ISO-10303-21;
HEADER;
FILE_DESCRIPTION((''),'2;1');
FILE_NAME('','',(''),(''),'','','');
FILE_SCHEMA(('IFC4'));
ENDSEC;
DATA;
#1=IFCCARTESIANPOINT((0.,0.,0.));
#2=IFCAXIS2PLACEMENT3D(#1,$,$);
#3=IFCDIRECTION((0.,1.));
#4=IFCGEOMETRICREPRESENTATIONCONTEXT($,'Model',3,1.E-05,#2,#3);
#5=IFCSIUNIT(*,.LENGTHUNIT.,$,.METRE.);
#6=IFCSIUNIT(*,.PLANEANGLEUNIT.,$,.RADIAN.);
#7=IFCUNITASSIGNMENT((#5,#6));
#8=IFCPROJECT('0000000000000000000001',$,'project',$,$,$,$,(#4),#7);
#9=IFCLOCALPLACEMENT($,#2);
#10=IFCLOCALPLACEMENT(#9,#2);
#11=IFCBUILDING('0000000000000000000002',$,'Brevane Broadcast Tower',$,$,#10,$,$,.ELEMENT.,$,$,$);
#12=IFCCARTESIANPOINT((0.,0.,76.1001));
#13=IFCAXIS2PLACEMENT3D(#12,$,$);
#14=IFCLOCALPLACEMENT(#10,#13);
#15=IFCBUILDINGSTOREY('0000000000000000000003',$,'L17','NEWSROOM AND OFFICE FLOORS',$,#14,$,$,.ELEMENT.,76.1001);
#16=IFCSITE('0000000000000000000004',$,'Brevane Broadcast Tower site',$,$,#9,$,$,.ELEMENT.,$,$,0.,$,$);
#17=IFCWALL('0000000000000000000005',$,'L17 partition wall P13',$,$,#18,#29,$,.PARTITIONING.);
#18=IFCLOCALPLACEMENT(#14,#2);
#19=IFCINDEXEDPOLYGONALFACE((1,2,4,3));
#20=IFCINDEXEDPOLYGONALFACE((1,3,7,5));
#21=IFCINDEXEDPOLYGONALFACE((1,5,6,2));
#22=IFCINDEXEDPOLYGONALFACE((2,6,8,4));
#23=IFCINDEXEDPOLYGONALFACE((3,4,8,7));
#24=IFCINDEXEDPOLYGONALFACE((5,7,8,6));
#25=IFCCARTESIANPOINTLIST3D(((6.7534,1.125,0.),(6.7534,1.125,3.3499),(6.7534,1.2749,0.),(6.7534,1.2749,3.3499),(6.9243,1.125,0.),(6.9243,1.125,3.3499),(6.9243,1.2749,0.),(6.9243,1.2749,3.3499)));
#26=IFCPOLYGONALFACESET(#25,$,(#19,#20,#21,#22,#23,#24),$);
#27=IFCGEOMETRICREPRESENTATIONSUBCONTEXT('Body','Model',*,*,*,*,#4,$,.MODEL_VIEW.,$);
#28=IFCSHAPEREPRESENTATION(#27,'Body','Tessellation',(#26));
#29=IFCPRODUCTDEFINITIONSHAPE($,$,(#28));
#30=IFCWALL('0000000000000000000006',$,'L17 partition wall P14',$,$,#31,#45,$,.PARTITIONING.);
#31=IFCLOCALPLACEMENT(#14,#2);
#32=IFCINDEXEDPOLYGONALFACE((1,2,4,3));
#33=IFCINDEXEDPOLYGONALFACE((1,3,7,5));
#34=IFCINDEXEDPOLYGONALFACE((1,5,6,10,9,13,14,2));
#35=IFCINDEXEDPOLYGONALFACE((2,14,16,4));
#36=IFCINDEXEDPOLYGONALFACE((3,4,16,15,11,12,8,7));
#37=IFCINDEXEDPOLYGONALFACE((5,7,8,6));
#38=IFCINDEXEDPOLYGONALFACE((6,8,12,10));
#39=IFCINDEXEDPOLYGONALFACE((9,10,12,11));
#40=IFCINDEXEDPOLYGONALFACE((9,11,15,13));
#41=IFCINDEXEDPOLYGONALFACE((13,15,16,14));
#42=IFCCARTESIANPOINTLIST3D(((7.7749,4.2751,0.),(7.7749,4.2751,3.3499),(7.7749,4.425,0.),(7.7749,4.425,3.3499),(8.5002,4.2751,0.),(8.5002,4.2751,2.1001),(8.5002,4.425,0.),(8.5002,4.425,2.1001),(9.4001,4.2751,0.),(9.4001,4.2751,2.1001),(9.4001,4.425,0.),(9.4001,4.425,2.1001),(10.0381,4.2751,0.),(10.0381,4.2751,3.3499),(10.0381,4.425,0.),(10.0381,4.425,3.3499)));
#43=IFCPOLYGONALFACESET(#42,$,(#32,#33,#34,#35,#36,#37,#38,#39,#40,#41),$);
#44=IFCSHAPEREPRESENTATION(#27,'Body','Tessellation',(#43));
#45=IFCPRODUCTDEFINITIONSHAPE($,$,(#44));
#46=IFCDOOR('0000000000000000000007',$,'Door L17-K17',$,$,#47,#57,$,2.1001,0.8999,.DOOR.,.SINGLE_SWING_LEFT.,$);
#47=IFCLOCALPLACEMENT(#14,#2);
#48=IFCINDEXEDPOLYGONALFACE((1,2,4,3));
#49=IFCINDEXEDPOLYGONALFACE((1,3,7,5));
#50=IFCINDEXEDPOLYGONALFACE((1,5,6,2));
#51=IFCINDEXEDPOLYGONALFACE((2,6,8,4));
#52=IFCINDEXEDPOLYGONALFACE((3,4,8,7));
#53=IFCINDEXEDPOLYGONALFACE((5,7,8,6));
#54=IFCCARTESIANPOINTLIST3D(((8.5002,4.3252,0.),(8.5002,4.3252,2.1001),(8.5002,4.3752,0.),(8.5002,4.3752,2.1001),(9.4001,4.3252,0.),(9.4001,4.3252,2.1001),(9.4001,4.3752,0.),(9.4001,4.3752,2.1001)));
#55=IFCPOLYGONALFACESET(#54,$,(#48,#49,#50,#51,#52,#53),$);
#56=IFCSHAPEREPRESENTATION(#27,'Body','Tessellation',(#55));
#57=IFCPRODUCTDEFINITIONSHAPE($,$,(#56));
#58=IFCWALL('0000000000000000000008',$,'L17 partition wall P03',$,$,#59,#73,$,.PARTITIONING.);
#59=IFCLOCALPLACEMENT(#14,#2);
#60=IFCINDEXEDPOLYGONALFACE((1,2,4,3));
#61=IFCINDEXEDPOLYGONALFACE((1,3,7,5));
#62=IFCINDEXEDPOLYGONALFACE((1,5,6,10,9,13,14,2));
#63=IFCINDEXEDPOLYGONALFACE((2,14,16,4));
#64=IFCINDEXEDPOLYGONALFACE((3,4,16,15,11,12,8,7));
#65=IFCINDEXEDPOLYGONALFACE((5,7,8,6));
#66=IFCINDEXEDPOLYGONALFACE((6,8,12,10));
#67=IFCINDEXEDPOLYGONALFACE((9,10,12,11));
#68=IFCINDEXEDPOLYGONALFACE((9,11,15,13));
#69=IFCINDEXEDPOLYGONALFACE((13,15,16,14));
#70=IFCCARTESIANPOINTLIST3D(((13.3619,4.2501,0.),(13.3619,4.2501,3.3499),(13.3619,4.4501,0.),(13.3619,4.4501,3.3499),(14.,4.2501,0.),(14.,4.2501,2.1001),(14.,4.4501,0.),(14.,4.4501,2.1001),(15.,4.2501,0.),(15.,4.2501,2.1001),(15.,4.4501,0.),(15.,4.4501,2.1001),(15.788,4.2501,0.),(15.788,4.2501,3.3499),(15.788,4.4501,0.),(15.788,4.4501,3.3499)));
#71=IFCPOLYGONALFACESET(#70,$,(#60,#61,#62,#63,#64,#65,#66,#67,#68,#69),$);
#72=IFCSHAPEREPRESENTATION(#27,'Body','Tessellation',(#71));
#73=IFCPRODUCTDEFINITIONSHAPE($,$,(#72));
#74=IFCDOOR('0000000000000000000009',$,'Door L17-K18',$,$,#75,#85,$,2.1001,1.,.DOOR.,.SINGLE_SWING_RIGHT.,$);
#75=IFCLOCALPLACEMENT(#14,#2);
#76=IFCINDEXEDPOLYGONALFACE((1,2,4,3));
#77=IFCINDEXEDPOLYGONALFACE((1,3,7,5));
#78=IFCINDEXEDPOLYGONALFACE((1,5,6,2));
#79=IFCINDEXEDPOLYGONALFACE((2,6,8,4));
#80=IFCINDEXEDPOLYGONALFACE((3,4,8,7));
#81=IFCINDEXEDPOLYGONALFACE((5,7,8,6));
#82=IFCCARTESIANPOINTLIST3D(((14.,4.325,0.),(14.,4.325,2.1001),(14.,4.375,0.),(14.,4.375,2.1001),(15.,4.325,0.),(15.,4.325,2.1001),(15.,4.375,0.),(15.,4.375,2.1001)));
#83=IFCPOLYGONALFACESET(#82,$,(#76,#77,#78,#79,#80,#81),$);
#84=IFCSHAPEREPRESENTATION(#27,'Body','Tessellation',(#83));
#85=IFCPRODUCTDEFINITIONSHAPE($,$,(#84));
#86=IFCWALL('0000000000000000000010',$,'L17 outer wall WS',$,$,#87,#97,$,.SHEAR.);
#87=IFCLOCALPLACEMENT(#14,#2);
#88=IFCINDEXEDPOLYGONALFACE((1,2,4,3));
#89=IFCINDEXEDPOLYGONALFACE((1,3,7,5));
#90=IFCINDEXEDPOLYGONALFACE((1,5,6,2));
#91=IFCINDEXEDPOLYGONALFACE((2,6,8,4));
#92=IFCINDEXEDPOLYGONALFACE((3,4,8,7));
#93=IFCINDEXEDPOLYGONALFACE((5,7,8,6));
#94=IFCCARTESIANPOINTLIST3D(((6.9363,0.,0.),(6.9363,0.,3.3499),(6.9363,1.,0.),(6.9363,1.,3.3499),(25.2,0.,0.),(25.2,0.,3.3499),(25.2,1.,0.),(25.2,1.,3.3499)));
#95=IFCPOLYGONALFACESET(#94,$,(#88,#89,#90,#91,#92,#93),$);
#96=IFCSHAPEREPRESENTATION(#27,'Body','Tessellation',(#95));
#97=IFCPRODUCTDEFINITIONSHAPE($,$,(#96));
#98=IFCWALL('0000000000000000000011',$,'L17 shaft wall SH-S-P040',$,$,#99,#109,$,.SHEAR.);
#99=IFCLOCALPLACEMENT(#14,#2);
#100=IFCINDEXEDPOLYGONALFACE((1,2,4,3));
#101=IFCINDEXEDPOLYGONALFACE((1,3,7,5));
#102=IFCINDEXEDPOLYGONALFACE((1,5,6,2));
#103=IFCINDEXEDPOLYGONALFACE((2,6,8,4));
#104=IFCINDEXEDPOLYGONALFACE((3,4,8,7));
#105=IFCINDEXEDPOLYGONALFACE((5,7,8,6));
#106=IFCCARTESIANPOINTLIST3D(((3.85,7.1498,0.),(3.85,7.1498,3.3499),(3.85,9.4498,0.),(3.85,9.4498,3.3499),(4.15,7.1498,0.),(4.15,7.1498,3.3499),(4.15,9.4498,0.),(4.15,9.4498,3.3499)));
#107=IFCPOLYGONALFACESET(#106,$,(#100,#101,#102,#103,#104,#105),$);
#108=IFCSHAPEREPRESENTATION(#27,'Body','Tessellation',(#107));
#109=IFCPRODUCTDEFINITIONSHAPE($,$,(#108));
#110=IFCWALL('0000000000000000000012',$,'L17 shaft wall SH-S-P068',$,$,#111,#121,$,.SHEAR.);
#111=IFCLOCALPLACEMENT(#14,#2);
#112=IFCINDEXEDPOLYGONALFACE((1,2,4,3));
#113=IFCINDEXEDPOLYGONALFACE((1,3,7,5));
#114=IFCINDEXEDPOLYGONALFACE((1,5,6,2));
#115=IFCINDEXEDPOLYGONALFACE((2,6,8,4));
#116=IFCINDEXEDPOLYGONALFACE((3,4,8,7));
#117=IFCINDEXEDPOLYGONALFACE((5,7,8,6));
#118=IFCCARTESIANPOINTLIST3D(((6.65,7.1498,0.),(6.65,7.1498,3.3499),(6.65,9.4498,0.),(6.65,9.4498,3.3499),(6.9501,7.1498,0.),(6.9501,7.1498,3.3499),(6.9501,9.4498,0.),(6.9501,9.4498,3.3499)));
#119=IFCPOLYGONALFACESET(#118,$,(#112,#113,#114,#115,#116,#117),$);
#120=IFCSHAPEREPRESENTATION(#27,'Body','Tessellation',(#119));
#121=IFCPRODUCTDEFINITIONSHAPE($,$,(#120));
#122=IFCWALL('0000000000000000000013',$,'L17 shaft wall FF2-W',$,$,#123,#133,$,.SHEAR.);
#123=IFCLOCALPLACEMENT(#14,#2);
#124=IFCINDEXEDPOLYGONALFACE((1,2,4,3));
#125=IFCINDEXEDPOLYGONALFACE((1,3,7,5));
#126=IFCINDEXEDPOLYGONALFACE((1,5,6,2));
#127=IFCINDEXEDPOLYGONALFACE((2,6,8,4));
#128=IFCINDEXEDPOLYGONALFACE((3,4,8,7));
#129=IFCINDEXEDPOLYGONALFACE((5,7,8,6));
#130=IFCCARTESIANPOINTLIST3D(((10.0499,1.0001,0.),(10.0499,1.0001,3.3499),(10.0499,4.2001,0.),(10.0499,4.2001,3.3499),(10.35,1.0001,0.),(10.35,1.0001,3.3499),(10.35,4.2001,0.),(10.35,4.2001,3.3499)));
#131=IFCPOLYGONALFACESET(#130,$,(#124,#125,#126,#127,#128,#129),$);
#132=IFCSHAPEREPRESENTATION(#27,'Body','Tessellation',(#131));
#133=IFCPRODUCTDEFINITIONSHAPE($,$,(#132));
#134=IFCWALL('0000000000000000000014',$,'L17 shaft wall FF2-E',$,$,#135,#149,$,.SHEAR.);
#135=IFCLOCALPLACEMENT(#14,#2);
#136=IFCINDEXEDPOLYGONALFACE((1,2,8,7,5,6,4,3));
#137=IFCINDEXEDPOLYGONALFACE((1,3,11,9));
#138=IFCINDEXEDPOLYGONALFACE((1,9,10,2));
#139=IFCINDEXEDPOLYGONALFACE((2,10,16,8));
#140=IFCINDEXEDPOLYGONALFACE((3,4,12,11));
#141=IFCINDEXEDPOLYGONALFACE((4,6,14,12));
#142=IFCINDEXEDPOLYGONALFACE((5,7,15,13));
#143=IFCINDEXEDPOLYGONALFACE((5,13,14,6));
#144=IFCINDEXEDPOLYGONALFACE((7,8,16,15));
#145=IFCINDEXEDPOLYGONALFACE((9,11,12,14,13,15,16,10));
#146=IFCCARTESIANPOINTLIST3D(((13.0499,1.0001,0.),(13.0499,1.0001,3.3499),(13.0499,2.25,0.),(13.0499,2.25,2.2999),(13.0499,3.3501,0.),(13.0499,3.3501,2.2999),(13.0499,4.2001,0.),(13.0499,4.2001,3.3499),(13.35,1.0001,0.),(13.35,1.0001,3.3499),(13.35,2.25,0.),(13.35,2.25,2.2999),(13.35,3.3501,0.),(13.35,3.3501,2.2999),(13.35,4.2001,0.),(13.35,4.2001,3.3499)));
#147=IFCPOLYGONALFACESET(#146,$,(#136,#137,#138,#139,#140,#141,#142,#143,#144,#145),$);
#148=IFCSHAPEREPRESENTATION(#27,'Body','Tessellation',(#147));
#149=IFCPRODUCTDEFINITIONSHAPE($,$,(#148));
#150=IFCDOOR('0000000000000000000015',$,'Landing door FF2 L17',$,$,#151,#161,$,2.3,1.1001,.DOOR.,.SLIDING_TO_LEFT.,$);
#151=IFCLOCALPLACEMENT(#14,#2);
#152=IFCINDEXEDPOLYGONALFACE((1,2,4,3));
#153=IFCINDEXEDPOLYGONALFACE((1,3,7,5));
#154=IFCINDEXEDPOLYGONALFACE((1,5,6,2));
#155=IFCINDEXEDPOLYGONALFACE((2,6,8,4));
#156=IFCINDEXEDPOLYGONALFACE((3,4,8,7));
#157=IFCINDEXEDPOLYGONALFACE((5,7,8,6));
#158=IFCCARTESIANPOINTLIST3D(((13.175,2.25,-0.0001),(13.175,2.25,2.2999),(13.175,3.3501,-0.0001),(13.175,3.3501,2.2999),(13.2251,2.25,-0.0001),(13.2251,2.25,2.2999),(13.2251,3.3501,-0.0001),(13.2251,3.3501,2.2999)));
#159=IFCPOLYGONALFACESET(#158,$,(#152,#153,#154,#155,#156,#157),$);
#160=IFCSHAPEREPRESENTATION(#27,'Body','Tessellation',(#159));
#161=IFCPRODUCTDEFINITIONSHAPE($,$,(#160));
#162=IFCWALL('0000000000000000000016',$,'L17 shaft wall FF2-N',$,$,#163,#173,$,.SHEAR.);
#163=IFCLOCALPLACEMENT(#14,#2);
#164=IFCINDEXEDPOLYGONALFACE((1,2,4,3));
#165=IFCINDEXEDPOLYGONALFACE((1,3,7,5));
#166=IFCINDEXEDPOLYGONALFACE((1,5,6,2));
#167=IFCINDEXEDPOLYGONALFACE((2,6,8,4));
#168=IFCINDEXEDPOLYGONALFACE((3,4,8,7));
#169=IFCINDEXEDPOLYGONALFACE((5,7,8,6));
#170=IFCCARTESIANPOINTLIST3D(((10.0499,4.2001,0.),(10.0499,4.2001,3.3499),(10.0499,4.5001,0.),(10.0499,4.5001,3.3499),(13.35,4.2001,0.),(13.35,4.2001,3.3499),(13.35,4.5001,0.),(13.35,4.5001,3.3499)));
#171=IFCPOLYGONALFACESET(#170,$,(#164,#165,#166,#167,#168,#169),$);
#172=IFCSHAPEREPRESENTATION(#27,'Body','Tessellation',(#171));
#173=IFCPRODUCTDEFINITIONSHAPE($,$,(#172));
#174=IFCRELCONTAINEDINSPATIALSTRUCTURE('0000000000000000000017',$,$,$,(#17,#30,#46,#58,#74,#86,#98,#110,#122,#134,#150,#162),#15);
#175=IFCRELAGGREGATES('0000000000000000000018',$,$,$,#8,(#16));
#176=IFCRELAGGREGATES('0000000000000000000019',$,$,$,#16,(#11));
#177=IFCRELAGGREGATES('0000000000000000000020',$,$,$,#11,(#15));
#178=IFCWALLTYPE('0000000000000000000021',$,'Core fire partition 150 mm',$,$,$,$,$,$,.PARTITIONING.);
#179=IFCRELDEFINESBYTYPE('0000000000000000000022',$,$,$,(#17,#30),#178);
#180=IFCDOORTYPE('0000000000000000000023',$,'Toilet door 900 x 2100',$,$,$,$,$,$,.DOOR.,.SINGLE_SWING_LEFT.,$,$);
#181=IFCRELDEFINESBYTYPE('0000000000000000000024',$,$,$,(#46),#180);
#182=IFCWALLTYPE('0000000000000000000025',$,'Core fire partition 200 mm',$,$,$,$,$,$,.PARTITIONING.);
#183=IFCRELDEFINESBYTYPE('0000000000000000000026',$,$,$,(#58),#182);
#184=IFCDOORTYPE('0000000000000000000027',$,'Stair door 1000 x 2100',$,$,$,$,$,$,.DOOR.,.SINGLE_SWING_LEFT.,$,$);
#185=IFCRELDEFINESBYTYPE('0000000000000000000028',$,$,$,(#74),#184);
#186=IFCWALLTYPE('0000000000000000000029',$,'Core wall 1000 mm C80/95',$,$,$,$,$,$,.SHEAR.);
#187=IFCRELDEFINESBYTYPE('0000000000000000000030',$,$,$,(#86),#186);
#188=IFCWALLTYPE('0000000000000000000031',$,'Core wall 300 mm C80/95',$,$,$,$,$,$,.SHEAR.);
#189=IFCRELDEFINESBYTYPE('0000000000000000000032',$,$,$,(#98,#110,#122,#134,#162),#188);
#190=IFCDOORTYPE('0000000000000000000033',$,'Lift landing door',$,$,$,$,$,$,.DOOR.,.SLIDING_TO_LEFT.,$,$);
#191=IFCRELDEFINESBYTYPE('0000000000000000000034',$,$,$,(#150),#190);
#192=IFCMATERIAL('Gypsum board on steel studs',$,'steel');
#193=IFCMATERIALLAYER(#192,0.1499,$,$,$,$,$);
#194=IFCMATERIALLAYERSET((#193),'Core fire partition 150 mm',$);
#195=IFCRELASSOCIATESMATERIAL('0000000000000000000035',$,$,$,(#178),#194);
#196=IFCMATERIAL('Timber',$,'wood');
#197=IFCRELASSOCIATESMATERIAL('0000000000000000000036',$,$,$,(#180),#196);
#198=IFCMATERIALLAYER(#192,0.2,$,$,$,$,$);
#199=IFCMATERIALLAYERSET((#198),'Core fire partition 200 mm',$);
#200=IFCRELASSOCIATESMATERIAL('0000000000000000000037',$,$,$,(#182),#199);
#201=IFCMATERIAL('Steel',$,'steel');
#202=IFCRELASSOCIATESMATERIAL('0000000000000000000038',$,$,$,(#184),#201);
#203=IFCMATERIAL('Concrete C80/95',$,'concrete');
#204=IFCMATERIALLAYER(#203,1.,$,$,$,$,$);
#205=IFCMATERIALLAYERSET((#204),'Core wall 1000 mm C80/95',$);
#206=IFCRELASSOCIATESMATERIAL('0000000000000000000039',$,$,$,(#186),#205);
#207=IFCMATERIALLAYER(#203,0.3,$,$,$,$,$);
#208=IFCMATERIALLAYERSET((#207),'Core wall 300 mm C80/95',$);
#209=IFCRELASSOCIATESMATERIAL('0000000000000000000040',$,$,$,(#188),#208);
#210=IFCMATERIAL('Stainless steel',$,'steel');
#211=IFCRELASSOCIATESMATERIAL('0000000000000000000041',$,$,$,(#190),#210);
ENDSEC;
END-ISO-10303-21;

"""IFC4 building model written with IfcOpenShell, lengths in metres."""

from ifc_helpers import new_model, si_unit, direction, frame, frame_2d, origin, place, context, subcontext, project, spatial, rectangle, extrude, material, layer, layer_set, type_object, element, fill, save


model = new_model("IFC4")

# Units and contexts
model_context = context("Model", 3, precision=1e-05, world=origin(), true_north=direction((0.0, 1.0)))
body_context = subcontext(model_context, "Body", "Model", "MODEL_VIEW")
ifc_project = project(units=[si_unit("LENGTHUNIT", "METRE"), si_unit("PLANEANGLEUNIT", "RADIAN")], contexts=[model_context])

# Site, building, storey
site_placement = place(None, origin())
site = spatial("IfcSite", under=ifc_project, at=site_placement, Name="Brevane Broadcast Tower site", CompositionType="ELEMENT", RefElevation=0.0)
building_placement = place(site_placement, origin())
building = spatial("IfcBuilding", under=site, at=building_placement, Name="Brevane Broadcast Tower", CompositionType="ELEMENT")
storey_placement = place(building_placement, frame((0.0, 0.0, 76.1001)))
storey = spatial("IfcBuildingStorey", under=building, at=storey_placement, Name="L17", Description="NEWSROOM AND OFFICE FLOORS", CompositionType="ELEMENT", Elevation=76.1001)

# Shared definitions
ifc_material_1 = material(Name="Gypsum board on steel studs", Category="steel")
ifc_layer_1 = layer(ifc_material_1, 0.1499)
ifc_layer_set_1 = layer_set([ifc_layer_1], Name="Core fire partition 150 mm")
wall_type_1 = type_object("IfcWallType", Name="Core fire partition 150 mm", PredefinedType="PARTITIONING", material=ifc_layer_set_1)

# Shared definitions
ifc_material_2 = material(Name="Timber", Category="wood")
door_type_1 = type_object("IfcDoorType", Name="Toilet door 900 x 2100", OperationType="SINGLE_SWING_LEFT", PredefinedType="DOOR", material=ifc_material_2)

# Wall
wall_1_placement = place(storey_placement, frame((6.9243, 1.2, 0.0), z_axis=(0.0, 0.0, 1.0), x_axis=(-1.0, 0.0, 0.0)))
element("IfcWall", 1, at=wall_1_placement, inside=storey, type_object=wall_type_1, Name="L17 partition wall P13", PredefinedType="PARTITIONING", context=body_context, shape_type="SweptSolid", body=[
    extrude(rectangle(XDim=0.1709, YDim=0.1499, at=frame_2d((0.0854, 0.0))), origin(), (0.0, 0.0, 1.0), 3.3499),
])

# Walls, openings, doors
wall_2_placement = place(storey_placement, frame((10.0381, 4.3501, 0.0), z_axis=(0.0, 0.0, 1.0), x_axis=(-1.0, 0.0, 0.0)))
wall_2 = element("IfcWall", 2, at=wall_2_placement, inside=storey, type_object=wall_type_1, Name="L17 partition wall P14", PredefinedType="PARTITIONING", context=body_context, shape_type="SweptSolid", body=[
    extrude(rectangle(XDim=2.2632, YDim=0.1499, at=frame_2d((1.1316, 0.0))), origin(), (0.0, 0.0, 1.0), 3.3499),
])
opening_1_placement = place(wall_2_placement, frame((0.6379, 0.0, 0.0)))
opening_1 = element("IfcOpeningElement", 3, at=opening_1_placement, cuts=wall_2, PredefinedType="OPENING", context=body_context, shape_type="SweptSolid", body=[
    extrude(rectangle(XDim=0.8999, YDim=2.1001, at=frame_2d((0.45, 1.05))), frame((0.0, 0.085, 0.0), z_axis=(0.0, -1.0, 0.0), x_axis=(1.0, 0.0, 0.0)), (0.0, 0.0, 1.0), 0.1699),
])
door_1_placement = place(opening_1_placement, origin())
door_1 = element("IfcDoor", 4, at=door_1_placement, inside=storey, type_object=door_type_1, Name="Door L17-K17", OperationType="SINGLE_SWING_LEFT", OverallHeight=2.1001, OverallWidth=0.8999, PredefinedType="DOOR", context=body_context, shape_type="SweptSolid", body=[
    extrude(rectangle(XDim=0.8999, YDim=2.1001, at=frame_2d((0.45, 1.05))), frame((0.0, 0.0249, 0.0), z_axis=(0.0, -1.0, 0.0), x_axis=(1.0, 0.0, 0.0)), (0.0, 0.0, 1.0), 0.05),
])
fill(opening_1, door_1)
ifc_layer_2 = layer(ifc_material_1, 0.2)
ifc_layer_set_2 = layer_set([ifc_layer_2], Name="Core fire partition 200 mm")
wall_type_2 = type_object("IfcWallType", Name="Core fire partition 200 mm", PredefinedType="PARTITIONING", material=ifc_layer_set_2)
wall_3_placement = place(storey_placement, frame((13.3621, 4.3501, 0.0), z_axis=(0.0, 0.0, 1.0), x_axis=(1.0, 0.0, 0.0)))
wall_3 = element("IfcWall", 5, at=wall_3_placement, inside=storey, type_object=wall_type_2, Name="L17 partition wall P03", PredefinedType="PARTITIONING", context=body_context, shape_type="SweptSolid", body=[
    extrude(rectangle(XDim=2.426, YDim=0.2, at=frame_2d((1.2129, 0.0))), origin(), (0.0, 0.0, 1.0), 3.3499),
])
opening_2_placement = place(wall_3_placement, frame((0.6379, 0.0, 0.0)))
opening_2 = element("IfcOpeningElement", 6, at=opening_2_placement, cuts=wall_3, PredefinedType="OPENING", context=body_context, shape_type="SweptSolid", body=[
    extrude(rectangle(XDim=1.0, YDim=2.1001, at=frame_2d((0.5, 1.05))), frame((0.0, 0.1099, 0.0), z_axis=(0.0, -1.0, 0.0), x_axis=(1.0, 0.0, 0.0)), (0.0, 0.0, 1.0), 0.22),
])
ifc_material_3 = material(Name="Steel", Category="steel")
door_type_2 = type_object("IfcDoorType", Name="Stair door 1000 x 2100", OperationType="SINGLE_SWING_LEFT", PredefinedType="DOOR", material=ifc_material_3)
door_2_placement = place(opening_2_placement, origin())
door_2 = element("IfcDoor", 7, at=door_2_placement, inside=storey, type_object=door_type_2, Name="Door L17-K18", OperationType="SINGLE_SWING_RIGHT", OverallHeight=2.1001, OverallWidth=1.0, PredefinedType="DOOR", context=body_context, shape_type="SweptSolid", body=[
    extrude(rectangle(XDim=1.0, YDim=2.1001, at=frame_2d((0.5, 1.05))), frame((0.0, 0.0249, 0.0), z_axis=(0.0, -1.0, 0.0), x_axis=(1.0, 0.0, 0.0)), (0.0, 0.0, 1.0), 0.05),
])
fill(opening_2, door_2)

# Walls
ifc_material_4 = material(Name="Concrete C80/95", Category="concrete")
ifc_layer_3 = layer(ifc_material_4, 1.0)
ifc_layer_set_3 = layer_set([ifc_layer_3], Name="Core wall 1000 mm C80/95")
wall_type_3 = type_object("IfcWallType", Name="Core wall 1000 mm C80/95", PredefinedType="SHEAR", material=ifc_layer_set_3)
wall_4_placement = place(storey_placement, frame((6.9363, 0.5, 0.0), z_axis=(0.0, 0.0, 1.0), x_axis=(1.0, 0.0, 0.0)))
element("IfcWall", 8, at=wall_4_placement, inside=storey, type_object=wall_type_3, Name="L17 outer wall WS", PredefinedType="SHEAR", context=body_context, shape_type="SweptSolid", body=[
    extrude(rectangle(XDim=18.2637, YDim=1.0, at=frame_2d((9.1318, 0.0))), origin(), (0.0, 0.0, 1.0), 3.3499),
])
ifc_layer_4 = layer(ifc_material_4, 0.3)
ifc_layer_set_4 = layer_set([ifc_layer_4], Name="Core wall 300 mm C80/95")
wall_type_4 = type_object("IfcWallType", Name="Core wall 300 mm C80/95", PredefinedType="SHEAR", material=ifc_layer_set_4)
for number, where, z_axis, x_axis, name in (
    (9, (4.0, 7.1499, 0.0), (0.0, 0.0, 1.0), (0.0, 1.0, 0.0), "L17 shaft wall SH-S-P040"),
    (10, (6.8, 7.1499, 0.0), (0.0, 0.0, 1.0), (0.0, 1.0, 0.0), "L17 shaft wall SH-S-P068"),
):
    element("IfcWall", number, at=place(storey_placement, frame(where, z_axis=z_axis, x_axis=x_axis)), inside=storey, type_object=wall_type_4, Name=name, PredefinedType="SHEAR", context=body_context, shape_type="SweptSolid", body=[
        extrude(rectangle(XDim=2.3, YDim=0.3, at=frame_2d((1.1499, 0.0))), origin(), (0.0, 0.0, 1.0), 3.3499),
    ])
wall_5_placement = place(storey_placement, frame((10.2, 1.0, 0.0), z_axis=(0.0, 0.0, 1.0), x_axis=(0.0, 1.0, 0.0)))
element("IfcWall", 11, at=wall_5_placement, inside=storey, type_object=wall_type_4, Name="L17 shaft wall FF2-W", PredefinedType="SHEAR", context=body_context, shape_type="SweptSolid", body=[
    extrude(rectangle(XDim=3.2, YDim=0.3, at=frame_2d((1.6001, 0.0))), origin(), (0.0, 0.0, 1.0), 3.3499),
])

# Wall, opening, door
wall_6_placement = place(storey_placement, frame((13.2, 1.0, 0.0), z_axis=(0.0, 0.0, 1.0), x_axis=(0.0, 1.0, 0.0)))
wall_6 = element("IfcWall", 12, at=wall_6_placement, inside=storey, type_object=wall_type_4, Name="L17 shaft wall FF2-E", PredefinedType="SHEAR", context=body_context, shape_type="SweptSolid", body=[
    extrude(rectangle(XDim=3.2, YDim=0.3, at=frame_2d((1.6001, 0.0))), origin(), (0.0, 0.0, 1.0), 3.3499),
])
opening_3_placement = place(wall_6_placement, frame((1.25, 0.0, 0.0)))
opening_3 = element("IfcOpeningElement", 13, at=opening_3_placement, cuts=wall_6, PredefinedType="OPENING", context=body_context, shape_type="SweptSolid", body=[
    extrude(rectangle(XDim=1.1001, YDim=2.3, at=frame_2d((0.55, 1.1499))), frame((0.0, 0.1599, 0.0), z_axis=(0.0, -1.0, 0.0), x_axis=(1.0, 0.0, 0.0)), (0.0, 0.0, 1.0), 0.3201),
])
ifc_material_5 = material(Name="Stainless steel", Category="steel")
door_type_3 = type_object("IfcDoorType", Name="Lift landing door", OperationType="SLIDING_TO_LEFT", PredefinedType="DOOR", material=ifc_material_5)
door_3_placement = place(opening_3_placement, origin())
door_3 = element("IfcDoor", 14, at=door_3_placement, inside=storey, type_object=door_type_3, Name="Landing door FF2 L17", OperationType="SLIDING_TO_LEFT", OverallHeight=2.3, OverallWidth=1.1001, PredefinedType="DOOR", context=body_context, shape_type="SweptSolid", body=[
    extrude(rectangle(XDim=1.1001, YDim=2.3, at=frame_2d((0.55, 1.1499))), frame((0.0, 0.0249, 0.0), z_axis=(0.0, -1.0, 0.0), x_axis=(1.0, 0.0, 0.0)), (0.0, 0.0, 1.0), 0.05),
])
fill(opening_3, door_3)

# Wall
wall_7_placement = place(storey_placement, frame((10.05, 4.3501, 0.0), z_axis=(0.0, 0.0, 1.0), x_axis=(1.0, 0.0, 0.0)))
element("IfcWall", 15, at=wall_7_placement, inside=storey, type_object=wall_type_4, Name="L17 shaft wall FF2-N", PredefinedType="SHEAR", context=body_context, shape_type="SweptSolid", body=[
    extrude(rectangle(XDim=3.3, YDim=0.3, at=frame_2d((1.6499, 0.0))), origin(), (0.0, 0.0, 1.0), 3.3499),
])

save(model, "model.ifc")
